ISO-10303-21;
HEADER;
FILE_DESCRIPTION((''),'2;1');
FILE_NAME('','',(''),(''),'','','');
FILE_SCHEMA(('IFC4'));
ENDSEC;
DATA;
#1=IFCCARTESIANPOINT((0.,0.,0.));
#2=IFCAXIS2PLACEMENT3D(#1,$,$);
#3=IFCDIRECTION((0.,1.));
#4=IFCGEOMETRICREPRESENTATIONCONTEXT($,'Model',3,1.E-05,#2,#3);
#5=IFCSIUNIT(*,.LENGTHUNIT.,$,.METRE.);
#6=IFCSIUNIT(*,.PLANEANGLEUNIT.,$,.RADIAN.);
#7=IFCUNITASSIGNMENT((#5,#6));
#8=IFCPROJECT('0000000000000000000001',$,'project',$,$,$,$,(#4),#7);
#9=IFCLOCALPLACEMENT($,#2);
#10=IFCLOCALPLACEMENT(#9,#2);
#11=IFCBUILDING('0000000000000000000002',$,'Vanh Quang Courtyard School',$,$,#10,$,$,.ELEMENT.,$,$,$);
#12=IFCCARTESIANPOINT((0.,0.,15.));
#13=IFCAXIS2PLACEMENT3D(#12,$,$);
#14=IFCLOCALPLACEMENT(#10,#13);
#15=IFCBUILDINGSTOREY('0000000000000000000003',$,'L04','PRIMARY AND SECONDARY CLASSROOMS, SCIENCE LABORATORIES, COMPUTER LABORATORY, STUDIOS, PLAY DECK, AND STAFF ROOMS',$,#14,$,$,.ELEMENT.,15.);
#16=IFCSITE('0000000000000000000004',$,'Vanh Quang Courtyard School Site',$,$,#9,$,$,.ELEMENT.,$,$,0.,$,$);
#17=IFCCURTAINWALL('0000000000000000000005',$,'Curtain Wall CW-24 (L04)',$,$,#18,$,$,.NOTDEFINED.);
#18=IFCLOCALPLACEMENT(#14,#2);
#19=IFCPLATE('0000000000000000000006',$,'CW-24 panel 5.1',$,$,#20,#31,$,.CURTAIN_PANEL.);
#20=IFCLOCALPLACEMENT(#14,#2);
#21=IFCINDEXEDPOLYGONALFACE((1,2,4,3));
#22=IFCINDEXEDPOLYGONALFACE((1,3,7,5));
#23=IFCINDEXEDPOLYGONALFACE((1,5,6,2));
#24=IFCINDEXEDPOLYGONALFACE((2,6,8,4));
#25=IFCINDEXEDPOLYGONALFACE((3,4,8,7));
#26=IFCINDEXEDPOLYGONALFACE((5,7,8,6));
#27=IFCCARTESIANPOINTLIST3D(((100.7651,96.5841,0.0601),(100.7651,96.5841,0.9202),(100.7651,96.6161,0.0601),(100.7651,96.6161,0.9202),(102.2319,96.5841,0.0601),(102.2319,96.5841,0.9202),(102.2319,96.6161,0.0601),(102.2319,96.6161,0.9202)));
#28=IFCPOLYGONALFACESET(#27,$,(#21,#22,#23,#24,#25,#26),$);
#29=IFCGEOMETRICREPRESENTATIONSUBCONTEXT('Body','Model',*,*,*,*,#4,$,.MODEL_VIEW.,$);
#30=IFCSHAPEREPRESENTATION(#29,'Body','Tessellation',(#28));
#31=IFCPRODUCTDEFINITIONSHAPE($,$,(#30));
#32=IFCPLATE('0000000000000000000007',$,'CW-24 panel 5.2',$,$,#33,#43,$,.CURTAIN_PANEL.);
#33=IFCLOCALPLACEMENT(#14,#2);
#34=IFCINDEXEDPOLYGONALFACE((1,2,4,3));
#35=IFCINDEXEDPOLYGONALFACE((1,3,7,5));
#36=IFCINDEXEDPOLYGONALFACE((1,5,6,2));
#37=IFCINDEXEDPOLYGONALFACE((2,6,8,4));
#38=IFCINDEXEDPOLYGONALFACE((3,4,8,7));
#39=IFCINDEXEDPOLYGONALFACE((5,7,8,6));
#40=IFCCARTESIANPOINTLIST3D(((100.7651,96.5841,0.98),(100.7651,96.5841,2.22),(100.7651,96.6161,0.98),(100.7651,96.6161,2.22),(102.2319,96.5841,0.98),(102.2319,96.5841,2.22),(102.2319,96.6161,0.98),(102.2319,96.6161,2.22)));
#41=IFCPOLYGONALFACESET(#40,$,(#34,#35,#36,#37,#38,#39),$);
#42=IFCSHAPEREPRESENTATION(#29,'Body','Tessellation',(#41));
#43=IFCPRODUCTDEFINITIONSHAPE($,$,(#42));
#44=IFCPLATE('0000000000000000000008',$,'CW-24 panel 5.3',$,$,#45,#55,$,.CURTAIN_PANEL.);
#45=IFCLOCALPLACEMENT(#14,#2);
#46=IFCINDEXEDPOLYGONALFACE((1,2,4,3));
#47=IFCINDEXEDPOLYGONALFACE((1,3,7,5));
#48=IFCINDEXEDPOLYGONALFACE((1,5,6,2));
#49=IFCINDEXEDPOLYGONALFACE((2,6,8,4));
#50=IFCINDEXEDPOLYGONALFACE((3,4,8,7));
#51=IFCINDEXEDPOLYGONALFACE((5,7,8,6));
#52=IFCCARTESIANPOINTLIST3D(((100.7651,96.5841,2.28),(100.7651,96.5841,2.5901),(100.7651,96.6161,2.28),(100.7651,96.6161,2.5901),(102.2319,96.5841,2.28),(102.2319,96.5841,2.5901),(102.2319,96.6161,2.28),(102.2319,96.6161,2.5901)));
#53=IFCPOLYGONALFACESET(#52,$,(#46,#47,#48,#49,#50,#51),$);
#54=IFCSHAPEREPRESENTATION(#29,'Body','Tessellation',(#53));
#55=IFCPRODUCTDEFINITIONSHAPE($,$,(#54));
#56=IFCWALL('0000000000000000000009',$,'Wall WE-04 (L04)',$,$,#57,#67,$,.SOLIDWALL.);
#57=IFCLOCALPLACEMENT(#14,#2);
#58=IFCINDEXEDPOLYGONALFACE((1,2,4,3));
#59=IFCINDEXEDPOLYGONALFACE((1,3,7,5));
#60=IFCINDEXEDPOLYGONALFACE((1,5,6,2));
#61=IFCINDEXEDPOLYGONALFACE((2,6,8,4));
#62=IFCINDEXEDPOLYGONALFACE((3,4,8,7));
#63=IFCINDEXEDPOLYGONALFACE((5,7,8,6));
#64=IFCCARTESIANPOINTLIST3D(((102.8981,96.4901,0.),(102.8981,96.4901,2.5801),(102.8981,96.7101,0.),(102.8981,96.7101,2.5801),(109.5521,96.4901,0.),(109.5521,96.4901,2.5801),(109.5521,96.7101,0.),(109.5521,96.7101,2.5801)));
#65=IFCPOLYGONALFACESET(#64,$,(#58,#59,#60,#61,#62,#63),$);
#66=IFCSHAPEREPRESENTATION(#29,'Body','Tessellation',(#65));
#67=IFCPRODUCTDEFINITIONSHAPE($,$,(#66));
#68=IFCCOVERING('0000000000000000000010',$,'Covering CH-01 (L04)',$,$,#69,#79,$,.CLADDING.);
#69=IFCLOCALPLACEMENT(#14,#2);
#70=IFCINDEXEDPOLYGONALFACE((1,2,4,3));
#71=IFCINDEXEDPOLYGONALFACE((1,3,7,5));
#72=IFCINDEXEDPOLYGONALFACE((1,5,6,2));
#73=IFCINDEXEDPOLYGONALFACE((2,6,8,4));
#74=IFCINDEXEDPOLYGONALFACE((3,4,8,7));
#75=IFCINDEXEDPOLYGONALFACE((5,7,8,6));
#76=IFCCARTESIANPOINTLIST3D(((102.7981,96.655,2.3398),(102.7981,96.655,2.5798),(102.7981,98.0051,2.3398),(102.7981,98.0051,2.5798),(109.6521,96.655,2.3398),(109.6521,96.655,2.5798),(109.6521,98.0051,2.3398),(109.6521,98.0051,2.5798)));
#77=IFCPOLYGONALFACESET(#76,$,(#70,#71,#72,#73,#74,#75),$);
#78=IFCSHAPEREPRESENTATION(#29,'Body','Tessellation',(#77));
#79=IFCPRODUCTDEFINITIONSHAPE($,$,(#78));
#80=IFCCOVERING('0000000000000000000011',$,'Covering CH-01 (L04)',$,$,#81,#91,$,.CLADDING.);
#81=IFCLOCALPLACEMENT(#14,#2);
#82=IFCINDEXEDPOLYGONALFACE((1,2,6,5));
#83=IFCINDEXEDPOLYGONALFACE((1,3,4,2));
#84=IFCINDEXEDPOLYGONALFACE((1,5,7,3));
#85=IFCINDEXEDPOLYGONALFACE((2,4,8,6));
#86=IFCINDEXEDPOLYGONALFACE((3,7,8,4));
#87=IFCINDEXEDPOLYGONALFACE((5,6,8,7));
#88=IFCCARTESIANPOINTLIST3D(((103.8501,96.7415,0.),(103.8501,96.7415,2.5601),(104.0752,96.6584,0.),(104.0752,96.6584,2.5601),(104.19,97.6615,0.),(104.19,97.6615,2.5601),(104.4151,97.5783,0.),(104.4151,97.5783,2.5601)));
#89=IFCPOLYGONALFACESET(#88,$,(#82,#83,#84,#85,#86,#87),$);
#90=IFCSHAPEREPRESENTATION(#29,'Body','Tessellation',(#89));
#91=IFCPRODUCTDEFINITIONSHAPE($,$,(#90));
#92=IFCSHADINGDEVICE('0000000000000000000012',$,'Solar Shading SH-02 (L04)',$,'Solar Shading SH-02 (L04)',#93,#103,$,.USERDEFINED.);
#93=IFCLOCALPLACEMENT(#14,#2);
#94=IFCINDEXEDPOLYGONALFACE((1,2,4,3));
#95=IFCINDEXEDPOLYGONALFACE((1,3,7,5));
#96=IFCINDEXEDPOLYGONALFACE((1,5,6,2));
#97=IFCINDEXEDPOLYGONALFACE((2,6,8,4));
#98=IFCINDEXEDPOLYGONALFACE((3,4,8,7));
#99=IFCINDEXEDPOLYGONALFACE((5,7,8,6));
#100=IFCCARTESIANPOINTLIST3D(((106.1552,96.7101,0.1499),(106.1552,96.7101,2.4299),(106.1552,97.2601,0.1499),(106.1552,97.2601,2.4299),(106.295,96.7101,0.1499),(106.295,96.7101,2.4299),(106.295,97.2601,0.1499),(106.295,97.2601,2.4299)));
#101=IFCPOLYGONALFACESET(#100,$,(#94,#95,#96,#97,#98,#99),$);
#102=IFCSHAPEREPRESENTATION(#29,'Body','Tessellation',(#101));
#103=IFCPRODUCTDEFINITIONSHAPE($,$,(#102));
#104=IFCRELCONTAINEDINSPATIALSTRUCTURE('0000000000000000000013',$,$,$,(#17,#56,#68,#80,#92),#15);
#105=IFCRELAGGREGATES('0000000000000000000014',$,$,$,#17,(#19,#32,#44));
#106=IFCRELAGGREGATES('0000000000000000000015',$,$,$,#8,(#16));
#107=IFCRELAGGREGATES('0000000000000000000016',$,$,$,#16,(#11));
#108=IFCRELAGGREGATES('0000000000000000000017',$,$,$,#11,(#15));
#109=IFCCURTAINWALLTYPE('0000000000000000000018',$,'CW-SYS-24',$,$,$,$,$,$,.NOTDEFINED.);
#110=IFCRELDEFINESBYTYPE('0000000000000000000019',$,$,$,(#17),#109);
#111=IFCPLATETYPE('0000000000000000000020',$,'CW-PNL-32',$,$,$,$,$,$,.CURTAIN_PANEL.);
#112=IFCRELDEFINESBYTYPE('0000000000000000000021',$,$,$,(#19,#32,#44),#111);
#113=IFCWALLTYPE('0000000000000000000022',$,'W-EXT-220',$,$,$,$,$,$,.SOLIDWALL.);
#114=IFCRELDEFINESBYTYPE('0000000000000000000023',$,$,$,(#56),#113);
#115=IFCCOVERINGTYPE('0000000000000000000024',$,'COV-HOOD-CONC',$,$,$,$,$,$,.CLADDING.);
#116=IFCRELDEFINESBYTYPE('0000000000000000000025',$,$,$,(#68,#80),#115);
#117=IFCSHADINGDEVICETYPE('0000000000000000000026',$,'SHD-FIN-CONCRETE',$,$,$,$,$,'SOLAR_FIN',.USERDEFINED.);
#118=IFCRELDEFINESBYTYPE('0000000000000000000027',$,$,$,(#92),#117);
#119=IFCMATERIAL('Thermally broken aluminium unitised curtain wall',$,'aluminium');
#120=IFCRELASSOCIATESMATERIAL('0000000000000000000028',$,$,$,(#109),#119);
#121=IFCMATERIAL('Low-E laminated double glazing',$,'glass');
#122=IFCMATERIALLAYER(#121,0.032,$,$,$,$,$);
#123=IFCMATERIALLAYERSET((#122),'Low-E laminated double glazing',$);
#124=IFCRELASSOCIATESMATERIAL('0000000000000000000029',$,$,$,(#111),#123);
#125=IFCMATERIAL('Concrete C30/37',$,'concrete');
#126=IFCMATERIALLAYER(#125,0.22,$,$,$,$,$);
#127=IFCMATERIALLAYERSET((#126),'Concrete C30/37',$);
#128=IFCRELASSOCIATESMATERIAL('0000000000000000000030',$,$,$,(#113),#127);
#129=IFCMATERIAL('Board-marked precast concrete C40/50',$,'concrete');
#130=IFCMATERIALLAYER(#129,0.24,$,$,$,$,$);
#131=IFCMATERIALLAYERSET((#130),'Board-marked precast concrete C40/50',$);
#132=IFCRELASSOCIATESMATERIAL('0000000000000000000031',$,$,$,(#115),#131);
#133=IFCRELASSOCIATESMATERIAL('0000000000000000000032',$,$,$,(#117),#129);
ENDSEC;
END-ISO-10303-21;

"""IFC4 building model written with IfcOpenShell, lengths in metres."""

from ifc_helpers import new_model, si_unit, direction, frame, frame_2d, origin, origin_2d, place, context, subcontext, project, spatial, rectangle, extrude, material, layer, layer_set, type_object, element, aggregate, save


model = new_model("IFC4")

# Units and contexts
model_context = context("Model", 3, precision=1e-05, world=origin(), true_north=direction((0.0, 1.0)))
body_context = subcontext(model_context, "Body", "Model", "MODEL_VIEW")
ifc_project = project(units=[si_unit("LENGTHUNIT", "METRE"), si_unit("PLANEANGLEUNIT", "RADIAN")], contexts=[model_context])

# Site, building, storey
site_placement = place(None, origin())
site = spatial("IfcSite", under=ifc_project, at=site_placement, Name="Vanh Quang Courtyard School Site", CompositionType="ELEMENT", RefElevation=0.0)
building_placement = place(site_placement, origin())
building = spatial("IfcBuilding", under=site, at=building_placement, Name="Vanh Quang Courtyard School", CompositionType="ELEMENT")
storey_placement = place(building_placement, frame((0.0, 0.0, 15.0)))
storey = spatial("IfcBuildingStorey", under=building, at=storey_placement, Name="L04", Description="PRIMARY AND SECONDARY CLASSROOMS, SCIENCE LABORATORIES, COMPUTER LABORATORY, STUDIOS, PLAY DECK, AND STAFF ROOMS", CompositionType="ELEMENT", Elevation=15.0)

# Curtain wall, plates
ifc_material_1 = material(Name="Thermally broken aluminium unitised curtain wall", Category="aluminium")
curtain_wall_type = type_object("IfcCurtainWallType", Name="CW-SYS-24", PredefinedType="NOTDEFINED", material=ifc_material_1)
curtain_wall_placement = place(storey_placement, origin())
curtain_wall = element("IfcCurtainWall", 1, at=curtain_wall_placement, inside=storey, type_object=curtain_wall_type, Name="Curtain Wall CW-24 (L04)", PredefinedType="NOTDEFINED")
ifc_material_2 = material(Name="Low-E laminated double glazing", Category="glass")
ifc_layer_1 = layer(ifc_material_2, 0.032)
ifc_layer_set_1 = layer_set([ifc_layer_1], Name="Low-E laminated double glazing")
plate_type = type_object("IfcPlateType", Name="CW-PNL-32", PredefinedType="CURTAIN_PANEL", material=ifc_layer_set_1)
plate_1_placement = place(storey_placement, frame((101.4985, 96.6001, 0.0601), z_axis=(0.0, 0.0, 1.0), x_axis=(1.0, 0.0, 0.0)))
plate_1 = element("IfcPlate", 2, at=plate_1_placement, type_object=plate_type, Name="CW-24 panel 5.1", PredefinedType="CURTAIN_PANEL", context=body_context, shape_type="SweptSolid", body=[
    extrude(rectangle(XDim=1.4668, YDim=0.032, at=origin_2d()), origin(), (0.0, 0.0, 1.0), 0.8601),
])
plate_2_placement = place(storey_placement, frame((101.4985, 96.6001, 0.98), z_axis=(0.0, 0.0, 1.0), x_axis=(1.0, 0.0, 0.0)))
plate_2 = element("IfcPlate", 3, at=plate_2_placement, type_object=plate_type, Name="CW-24 panel 5.2", PredefinedType="CURTAIN_PANEL", context=body_context, shape_type="SweptSolid", body=[
    extrude(rectangle(XDim=1.4668, YDim=0.032, at=origin_2d()), origin(), (0.0, 0.0, 1.0), 1.24),
])
plate_3_placement = place(storey_placement, frame((101.4985, 96.6001, 2.28), z_axis=(0.0, 0.0, 1.0), x_axis=(1.0, 0.0, 0.0)))
plate_3 = element("IfcPlate", 4, at=plate_3_placement, type_object=plate_type, Name="CW-24 panel 5.3", PredefinedType="CURTAIN_PANEL", context=body_context, shape_type="SweptSolid", body=[
    extrude(rectangle(XDim=1.4668, YDim=0.032, at=origin_2d()), origin(), (0.0, 0.0, 1.0), 0.3101),
])
aggregate(curtain_wall, [plate_1, plate_2, plate_3])

# Wall
ifc_material_3 = material(Name="Concrete C30/37", Category="concrete")
ifc_layer_2 = layer(ifc_material_3, 0.22)
ifc_layer_set_2 = layer_set([ifc_layer_2], Name="Concrete C30/37")
wall_type = type_object("IfcWallType", Name="W-EXT-220", PredefinedType="SOLIDWALL", material=ifc_layer_set_2)
wall_placement = place(storey_placement, frame((102.8979, 96.6001, 0.0), z_axis=(0.0, 0.0, 1.0), x_axis=(1.0, 0.0, 0.0)))
element("IfcWall", 5, at=wall_placement, inside=storey, type_object=wall_type, Name="Wall WE-04 (L04)", PredefinedType="SOLIDWALL", context=body_context, shape_type="SweptSolid", body=[
    extrude(rectangle(XDim=6.6541, YDim=0.22, at=frame_2d((3.3271, 0.0))), origin(), (0.0, 0.0, 1.0), 2.5801),
])

# Coverings
ifc_material_4 = material(Name="Board-marked precast concrete C40/50", Category="concrete")
ifc_layer_3 = layer(ifc_material_4, 0.24)
ifc_layer_set_3 = layer_set([ifc_layer_3], Name="Board-marked precast concrete C40/50")
covering_type = type_object("IfcCoveringType", Name="COV-HOOD-CONC", PredefinedType="CLADDING", material=ifc_layer_set_3)
covering_1_placement = place(storey_placement, frame((106.2251, 97.3301, 2.3398), z_axis=(0.0, 0.0, 1.0), x_axis=(1.0, 0.0, 0.0)))
element("IfcCovering", 6, at=covering_1_placement, inside=storey, type_object=covering_type, Name="Covering CH-01 (L04)", PredefinedType="CLADDING", context=body_context, shape_type="SweptSolid", body=[
    extrude(rectangle(XDim=6.854, YDim=1.3501, at=origin_2d()), origin(), (0.0, 0.0, 1.0), 0.24),
])
covering_2_placement = place(storey_placement, frame((104.1326, 97.1599, 0.0), z_axis=(0.0, 0.0, 1.0), x_axis=(0.346608, 0.93801, 0.0)))
element("IfcCovering", 7, at=covering_2_placement, inside=storey, type_object=covering_type, Name="Covering CH-01 (L04)", PredefinedType="CLADDING", context=body_context, shape_type="SweptSolid", body=[
    extrude(rectangle(XDim=0.9807, YDim=0.24, at=origin_2d()), origin(), (0.0, 0.0, 1.0), 2.5601),
])

# Shading device
shading_device_type = type_object("IfcShadingDeviceType", Name="SHD-FIN-CONCRETE", ElementType="SOLAR_FIN", PredefinedType="USERDEFINED", material=ifc_material_4)
shading_device_placement = place(storey_placement, frame((106.2251, 96.9851, 0.1499), z_axis=(0.0, 0.0, 1.0), x_axis=(1.0, 0.0, 0.0)))
element("IfcShadingDevice", 8, at=shading_device_placement, inside=storey, type_object=shading_device_type, Name="Solar Shading SH-02 (L04)", ObjectType="Solar Shading SH-02 (L04)", PredefinedType="USERDEFINED", context=body_context, shape_type="SweptSolid", body=[
    extrude(rectangle(XDim=0.1399, YDim=0.55, at=origin_2d()), origin(), (0.0, 0.0, 1.0), 2.28),
])

save(model, "model.ifc")
